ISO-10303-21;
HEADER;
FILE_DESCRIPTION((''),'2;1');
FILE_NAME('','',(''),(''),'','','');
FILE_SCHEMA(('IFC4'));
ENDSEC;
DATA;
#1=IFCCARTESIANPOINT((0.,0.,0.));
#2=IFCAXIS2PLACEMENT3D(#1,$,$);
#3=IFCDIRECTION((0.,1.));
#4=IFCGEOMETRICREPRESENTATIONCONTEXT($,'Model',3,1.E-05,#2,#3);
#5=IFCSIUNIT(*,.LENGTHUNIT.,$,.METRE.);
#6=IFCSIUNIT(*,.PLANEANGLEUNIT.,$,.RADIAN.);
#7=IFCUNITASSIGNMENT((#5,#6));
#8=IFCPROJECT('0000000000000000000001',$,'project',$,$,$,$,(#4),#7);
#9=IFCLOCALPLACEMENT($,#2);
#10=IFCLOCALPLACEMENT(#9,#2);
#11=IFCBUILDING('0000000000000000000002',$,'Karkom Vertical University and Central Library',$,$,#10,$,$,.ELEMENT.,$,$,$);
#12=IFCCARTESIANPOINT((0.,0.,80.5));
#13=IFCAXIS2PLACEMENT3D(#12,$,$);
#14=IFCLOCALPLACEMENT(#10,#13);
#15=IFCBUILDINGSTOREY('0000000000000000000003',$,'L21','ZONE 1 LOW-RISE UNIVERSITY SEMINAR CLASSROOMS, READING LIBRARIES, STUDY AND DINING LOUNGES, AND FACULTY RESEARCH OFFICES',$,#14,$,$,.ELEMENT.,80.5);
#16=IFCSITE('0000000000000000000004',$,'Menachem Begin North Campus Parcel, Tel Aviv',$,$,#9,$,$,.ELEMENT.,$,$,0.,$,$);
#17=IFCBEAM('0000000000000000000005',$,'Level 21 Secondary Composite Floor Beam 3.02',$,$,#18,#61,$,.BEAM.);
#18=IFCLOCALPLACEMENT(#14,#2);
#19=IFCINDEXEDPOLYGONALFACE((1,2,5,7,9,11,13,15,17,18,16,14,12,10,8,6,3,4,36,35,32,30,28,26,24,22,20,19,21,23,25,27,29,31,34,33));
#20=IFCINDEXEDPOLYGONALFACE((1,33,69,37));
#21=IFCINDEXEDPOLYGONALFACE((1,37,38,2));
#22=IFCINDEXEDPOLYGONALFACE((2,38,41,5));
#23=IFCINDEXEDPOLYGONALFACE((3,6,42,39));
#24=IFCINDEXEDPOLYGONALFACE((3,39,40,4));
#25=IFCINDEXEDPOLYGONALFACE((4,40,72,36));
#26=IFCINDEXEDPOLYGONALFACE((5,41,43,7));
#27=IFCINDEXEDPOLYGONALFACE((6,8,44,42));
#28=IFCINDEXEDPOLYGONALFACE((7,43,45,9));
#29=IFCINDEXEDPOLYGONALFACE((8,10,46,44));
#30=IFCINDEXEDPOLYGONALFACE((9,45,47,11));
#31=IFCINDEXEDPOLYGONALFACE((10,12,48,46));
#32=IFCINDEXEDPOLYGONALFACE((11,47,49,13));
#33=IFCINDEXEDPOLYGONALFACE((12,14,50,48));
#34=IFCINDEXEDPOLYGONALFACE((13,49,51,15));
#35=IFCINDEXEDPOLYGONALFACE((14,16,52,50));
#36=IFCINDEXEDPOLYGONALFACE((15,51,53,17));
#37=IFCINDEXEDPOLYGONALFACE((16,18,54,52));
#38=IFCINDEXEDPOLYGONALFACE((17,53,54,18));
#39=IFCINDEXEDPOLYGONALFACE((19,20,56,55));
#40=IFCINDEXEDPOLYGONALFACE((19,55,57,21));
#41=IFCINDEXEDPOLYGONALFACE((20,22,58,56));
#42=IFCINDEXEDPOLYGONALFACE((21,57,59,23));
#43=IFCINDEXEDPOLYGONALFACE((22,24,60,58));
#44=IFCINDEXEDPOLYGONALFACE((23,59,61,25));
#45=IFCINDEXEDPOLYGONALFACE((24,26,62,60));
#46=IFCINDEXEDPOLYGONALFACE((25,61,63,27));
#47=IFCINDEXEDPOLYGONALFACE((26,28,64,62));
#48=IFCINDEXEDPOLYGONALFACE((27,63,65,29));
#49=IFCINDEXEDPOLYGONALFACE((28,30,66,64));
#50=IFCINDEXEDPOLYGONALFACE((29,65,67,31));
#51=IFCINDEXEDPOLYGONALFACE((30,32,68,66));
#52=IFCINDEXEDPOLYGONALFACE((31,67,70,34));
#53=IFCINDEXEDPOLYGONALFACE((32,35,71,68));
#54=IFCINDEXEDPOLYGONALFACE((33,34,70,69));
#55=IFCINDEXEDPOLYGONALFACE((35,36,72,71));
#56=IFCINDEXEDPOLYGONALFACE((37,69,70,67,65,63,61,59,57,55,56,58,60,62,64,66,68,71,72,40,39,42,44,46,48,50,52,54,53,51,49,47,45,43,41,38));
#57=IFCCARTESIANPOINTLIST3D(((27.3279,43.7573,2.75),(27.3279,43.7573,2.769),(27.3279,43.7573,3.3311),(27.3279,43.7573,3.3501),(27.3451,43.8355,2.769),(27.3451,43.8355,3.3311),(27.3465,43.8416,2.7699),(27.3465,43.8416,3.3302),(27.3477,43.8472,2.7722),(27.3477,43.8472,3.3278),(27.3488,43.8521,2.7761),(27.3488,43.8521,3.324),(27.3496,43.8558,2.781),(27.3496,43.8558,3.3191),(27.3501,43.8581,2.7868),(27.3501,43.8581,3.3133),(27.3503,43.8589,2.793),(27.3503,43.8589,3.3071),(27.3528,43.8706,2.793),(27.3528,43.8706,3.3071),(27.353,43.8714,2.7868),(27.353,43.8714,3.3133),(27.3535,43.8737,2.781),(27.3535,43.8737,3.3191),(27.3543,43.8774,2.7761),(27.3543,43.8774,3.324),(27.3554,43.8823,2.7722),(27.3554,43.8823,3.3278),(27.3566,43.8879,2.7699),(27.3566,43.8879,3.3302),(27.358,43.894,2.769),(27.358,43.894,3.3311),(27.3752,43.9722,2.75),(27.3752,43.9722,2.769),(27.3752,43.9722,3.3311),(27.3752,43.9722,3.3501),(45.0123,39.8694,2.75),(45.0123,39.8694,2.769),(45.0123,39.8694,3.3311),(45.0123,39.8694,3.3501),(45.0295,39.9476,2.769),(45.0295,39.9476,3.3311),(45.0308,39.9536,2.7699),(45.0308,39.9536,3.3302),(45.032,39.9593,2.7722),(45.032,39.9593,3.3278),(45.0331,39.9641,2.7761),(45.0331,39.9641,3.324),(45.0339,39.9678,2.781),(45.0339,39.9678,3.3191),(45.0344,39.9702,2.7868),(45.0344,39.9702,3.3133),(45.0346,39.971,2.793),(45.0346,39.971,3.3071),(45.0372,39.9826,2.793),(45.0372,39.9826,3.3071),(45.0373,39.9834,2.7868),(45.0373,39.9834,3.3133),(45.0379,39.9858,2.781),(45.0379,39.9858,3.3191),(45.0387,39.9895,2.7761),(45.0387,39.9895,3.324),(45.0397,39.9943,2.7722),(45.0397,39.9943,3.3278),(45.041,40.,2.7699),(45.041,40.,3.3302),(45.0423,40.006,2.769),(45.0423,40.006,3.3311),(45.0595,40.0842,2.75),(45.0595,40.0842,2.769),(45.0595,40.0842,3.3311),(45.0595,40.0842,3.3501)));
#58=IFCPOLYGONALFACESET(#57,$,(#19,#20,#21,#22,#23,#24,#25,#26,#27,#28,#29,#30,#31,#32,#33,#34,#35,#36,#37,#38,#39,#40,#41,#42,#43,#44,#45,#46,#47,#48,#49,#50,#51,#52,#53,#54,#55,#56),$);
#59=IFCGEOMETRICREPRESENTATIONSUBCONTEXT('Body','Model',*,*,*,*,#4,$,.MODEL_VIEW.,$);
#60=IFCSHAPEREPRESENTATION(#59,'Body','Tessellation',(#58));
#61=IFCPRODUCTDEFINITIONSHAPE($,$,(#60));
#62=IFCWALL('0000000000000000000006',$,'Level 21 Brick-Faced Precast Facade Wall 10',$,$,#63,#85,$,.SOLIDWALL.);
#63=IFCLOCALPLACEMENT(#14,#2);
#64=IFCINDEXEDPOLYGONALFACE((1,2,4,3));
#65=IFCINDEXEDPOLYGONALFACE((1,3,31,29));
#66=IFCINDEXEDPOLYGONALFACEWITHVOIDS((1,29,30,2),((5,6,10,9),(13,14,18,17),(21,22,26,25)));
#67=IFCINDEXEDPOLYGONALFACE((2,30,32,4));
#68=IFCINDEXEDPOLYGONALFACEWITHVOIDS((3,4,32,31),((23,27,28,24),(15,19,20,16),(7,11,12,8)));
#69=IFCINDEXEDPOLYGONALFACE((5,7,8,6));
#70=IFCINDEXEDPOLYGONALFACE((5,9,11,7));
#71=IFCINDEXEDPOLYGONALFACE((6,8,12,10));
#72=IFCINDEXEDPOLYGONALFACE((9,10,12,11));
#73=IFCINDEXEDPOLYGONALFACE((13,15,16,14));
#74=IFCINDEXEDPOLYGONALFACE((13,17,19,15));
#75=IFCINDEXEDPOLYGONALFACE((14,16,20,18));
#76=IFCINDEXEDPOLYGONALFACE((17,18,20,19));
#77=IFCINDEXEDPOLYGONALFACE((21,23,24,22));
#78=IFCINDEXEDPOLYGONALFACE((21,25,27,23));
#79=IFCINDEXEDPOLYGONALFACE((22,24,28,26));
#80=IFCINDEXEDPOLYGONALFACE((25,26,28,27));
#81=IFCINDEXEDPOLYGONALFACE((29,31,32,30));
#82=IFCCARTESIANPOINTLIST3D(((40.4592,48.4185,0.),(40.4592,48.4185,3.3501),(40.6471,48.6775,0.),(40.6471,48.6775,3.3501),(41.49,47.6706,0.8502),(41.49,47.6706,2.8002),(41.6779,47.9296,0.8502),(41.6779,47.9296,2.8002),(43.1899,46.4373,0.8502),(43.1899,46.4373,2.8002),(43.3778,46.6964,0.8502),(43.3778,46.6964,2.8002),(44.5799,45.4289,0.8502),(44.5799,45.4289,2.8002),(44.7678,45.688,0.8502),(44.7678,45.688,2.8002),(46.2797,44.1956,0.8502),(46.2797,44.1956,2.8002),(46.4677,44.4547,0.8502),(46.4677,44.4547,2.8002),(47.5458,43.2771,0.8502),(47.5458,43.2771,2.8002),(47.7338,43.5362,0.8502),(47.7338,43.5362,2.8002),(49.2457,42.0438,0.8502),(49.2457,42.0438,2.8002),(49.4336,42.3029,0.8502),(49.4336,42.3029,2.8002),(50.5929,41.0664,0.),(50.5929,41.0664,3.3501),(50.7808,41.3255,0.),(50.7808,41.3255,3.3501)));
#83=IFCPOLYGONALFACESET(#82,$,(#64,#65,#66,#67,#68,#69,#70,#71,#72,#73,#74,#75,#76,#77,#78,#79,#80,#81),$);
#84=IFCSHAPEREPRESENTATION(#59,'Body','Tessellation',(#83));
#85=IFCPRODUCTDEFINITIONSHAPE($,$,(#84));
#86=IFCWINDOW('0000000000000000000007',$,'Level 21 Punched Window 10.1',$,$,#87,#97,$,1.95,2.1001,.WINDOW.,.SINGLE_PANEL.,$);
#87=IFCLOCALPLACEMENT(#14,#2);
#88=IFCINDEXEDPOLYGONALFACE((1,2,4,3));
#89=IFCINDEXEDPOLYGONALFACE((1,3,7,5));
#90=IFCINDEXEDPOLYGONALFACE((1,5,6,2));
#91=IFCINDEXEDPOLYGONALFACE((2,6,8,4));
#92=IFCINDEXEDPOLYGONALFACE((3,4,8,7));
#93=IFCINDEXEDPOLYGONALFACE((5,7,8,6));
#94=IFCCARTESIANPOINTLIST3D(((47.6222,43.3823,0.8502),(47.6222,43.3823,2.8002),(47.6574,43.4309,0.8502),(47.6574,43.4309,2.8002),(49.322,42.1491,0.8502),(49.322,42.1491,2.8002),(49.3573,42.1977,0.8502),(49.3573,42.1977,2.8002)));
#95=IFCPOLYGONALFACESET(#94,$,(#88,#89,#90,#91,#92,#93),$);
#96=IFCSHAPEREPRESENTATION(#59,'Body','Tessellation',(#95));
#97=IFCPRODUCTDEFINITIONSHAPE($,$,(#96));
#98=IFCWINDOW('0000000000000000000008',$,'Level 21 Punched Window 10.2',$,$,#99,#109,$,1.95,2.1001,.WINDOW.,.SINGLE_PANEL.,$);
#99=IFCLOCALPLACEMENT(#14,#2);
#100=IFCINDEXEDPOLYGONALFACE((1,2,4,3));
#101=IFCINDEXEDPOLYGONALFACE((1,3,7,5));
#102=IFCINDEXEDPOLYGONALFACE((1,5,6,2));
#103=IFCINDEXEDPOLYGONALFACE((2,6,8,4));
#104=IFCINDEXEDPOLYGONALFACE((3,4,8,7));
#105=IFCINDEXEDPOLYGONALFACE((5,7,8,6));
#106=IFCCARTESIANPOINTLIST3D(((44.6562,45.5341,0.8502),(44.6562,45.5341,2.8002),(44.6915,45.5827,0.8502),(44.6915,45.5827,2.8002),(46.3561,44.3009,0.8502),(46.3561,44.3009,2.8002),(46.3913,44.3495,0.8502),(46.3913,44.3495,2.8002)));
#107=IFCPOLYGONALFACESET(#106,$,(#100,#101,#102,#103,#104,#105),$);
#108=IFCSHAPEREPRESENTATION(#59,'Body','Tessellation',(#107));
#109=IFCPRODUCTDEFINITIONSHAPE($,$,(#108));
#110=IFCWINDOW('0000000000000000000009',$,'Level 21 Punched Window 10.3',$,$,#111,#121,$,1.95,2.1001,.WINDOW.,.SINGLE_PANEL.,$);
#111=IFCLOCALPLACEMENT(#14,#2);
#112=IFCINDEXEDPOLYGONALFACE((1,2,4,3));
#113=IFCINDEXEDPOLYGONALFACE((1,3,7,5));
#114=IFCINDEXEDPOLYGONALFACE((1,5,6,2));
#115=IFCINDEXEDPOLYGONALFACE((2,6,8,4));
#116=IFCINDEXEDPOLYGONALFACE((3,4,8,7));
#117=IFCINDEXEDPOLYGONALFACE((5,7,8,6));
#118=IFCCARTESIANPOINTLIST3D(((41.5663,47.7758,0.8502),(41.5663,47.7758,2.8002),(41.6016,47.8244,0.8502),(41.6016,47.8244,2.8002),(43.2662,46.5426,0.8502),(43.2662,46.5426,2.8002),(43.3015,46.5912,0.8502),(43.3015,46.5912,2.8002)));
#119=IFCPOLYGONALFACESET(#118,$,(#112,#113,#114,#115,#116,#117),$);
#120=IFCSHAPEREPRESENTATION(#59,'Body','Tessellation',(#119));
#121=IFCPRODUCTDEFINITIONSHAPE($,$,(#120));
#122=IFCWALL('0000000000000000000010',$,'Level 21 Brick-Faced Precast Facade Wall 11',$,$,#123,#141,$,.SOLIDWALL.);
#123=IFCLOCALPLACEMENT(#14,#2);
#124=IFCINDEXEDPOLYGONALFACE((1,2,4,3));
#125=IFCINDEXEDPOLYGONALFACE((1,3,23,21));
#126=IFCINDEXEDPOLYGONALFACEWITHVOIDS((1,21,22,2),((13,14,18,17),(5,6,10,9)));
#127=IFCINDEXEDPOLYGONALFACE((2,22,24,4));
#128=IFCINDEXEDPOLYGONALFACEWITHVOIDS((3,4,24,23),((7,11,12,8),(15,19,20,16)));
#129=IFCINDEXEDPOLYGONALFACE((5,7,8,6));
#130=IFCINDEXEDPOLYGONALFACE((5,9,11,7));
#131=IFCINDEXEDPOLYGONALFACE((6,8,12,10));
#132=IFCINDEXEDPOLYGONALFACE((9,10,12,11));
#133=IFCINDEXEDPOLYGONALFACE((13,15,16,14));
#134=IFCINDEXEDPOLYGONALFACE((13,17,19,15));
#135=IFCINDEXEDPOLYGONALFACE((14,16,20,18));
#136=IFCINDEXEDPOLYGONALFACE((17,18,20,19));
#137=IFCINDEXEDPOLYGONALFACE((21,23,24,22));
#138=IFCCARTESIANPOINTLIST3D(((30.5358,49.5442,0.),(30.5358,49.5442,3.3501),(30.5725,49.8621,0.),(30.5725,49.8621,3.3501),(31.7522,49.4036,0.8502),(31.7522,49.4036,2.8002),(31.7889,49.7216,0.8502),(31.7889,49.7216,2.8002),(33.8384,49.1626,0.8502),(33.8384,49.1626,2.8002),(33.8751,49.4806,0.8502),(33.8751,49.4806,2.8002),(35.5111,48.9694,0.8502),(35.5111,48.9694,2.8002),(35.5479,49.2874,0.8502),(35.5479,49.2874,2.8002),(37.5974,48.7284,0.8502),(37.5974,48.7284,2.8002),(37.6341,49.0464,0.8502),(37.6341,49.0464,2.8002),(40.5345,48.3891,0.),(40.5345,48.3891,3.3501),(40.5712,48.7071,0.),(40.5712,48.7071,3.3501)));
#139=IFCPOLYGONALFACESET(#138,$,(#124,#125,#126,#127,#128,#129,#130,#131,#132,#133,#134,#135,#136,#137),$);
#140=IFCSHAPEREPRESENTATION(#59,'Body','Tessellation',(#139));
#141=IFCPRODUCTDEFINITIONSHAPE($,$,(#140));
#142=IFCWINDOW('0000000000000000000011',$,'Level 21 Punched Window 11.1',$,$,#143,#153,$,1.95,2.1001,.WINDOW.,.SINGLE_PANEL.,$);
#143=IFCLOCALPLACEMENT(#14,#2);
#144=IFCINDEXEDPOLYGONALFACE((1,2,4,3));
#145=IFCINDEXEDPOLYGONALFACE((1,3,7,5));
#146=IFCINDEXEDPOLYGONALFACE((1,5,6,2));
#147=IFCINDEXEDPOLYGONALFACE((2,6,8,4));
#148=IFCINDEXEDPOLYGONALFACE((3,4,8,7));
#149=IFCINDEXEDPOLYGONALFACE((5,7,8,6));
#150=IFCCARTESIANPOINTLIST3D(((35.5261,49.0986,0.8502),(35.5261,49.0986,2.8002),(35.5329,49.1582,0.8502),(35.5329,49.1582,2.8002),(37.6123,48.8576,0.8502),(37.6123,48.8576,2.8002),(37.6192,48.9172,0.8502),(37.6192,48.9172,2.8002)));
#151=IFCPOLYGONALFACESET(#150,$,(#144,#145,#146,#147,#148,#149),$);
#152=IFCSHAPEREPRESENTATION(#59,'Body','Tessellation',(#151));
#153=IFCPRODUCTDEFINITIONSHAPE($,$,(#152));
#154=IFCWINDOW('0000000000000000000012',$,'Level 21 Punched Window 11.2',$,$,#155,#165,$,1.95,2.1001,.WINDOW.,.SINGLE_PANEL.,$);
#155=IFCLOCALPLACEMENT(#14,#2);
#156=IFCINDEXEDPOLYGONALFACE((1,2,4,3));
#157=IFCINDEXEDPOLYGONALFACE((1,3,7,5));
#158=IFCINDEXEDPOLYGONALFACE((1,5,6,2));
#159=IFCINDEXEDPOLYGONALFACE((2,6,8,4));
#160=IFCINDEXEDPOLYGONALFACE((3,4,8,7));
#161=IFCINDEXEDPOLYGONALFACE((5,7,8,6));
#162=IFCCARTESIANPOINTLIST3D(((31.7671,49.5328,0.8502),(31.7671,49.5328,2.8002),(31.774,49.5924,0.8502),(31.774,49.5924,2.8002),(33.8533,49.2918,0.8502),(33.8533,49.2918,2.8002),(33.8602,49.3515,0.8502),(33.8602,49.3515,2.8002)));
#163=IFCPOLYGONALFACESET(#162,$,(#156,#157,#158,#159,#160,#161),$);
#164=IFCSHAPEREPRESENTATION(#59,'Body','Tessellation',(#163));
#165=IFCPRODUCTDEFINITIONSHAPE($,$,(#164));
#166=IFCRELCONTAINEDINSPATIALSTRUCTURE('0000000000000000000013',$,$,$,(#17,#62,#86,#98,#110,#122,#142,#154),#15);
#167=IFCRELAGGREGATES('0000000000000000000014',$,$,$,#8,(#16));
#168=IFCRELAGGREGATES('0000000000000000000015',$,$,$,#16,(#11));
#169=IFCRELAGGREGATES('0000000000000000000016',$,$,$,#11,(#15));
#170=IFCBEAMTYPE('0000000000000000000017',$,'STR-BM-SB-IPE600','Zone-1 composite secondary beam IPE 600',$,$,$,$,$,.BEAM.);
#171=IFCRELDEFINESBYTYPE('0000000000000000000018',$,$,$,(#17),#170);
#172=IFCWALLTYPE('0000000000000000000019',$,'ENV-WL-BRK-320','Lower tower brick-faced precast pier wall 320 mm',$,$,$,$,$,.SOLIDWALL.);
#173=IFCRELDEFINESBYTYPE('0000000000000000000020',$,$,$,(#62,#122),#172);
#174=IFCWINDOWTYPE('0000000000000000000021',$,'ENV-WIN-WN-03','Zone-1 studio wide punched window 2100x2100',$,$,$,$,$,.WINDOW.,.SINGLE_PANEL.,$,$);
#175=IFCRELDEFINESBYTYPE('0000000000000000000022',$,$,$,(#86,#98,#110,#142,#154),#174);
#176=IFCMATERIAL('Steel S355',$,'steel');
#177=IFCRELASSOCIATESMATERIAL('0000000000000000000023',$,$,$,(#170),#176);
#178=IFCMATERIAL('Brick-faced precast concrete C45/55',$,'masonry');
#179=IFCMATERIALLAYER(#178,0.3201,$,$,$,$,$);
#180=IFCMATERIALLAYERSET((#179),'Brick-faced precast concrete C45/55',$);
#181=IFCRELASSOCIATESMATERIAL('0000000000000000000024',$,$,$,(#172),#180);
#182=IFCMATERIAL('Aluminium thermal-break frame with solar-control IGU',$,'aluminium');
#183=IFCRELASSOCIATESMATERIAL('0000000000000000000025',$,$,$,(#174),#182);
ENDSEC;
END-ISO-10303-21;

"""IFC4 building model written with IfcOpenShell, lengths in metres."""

from ifc_helpers import new_model, si_unit, direction, frame, frame_2d, origin, origin_with_axes, origin_2d, place, context, subcontext, project, spatial, rectangle, i_section, extrude, source, transform, mapped, material, layer, layer_set, material_profile, profile_set, type_object, element, fill, save


model = new_model("IFC4")

# Units and contexts
model_context = context("Model", 3, precision=1e-05, world=origin(), true_north=direction((0.0, 1.0)))
body_context = subcontext(model_context, "Body", "Model", "MODEL_VIEW")
ifc_project = project(units=[si_unit("LENGTHUNIT", "METRE"), si_unit("PLANEANGLEUNIT", "RADIAN")], contexts=[model_context])

# Site, building, storey
site_placement = place(None, origin())
site = spatial("IfcSite", under=ifc_project, at=site_placement, Name="Menachem Begin North Campus Parcel, Tel Aviv", CompositionType="ELEMENT", RefElevation=0.0)
building_placement = place(site_placement, origin())
building = spatial("IfcBuilding", under=site, at=building_placement, Name="Karkom Vertical University and Central Library", CompositionType="ELEMENT")
storey_placement = place(building_placement, frame((0.0, 0.0, 80.5)))
storey = spatial("IfcBuildingStorey", under=building, at=storey_placement, Name="L21", Description="ZONE 1 LOW-RISE UNIVERSITY SEMINAR CLASSROOMS, READING LIBRARIES, STUDY AND DINING LOUNGES, AND FACULTY RESEARCH OFFICES", CompositionType="ELEMENT", Elevation=80.5)

# Beam
ifc_material_1 = material(Name="Steel S355", Category="steel")
ifc_material_profile_1 = material_profile(ifc_material_1, i_section(OverallWidth=0.22, OverallDepth=0.6001, WebThickness=0.012, FlangeThickness=0.019, FilletRadius=0.0239, at=origin_2d()), Name="IPE 600")
ifc_profile_set_1 = profile_set([ifc_material_profile_1], Name="Steel S355")
beam_type_1 = type_object("IfcBeamType", Name="STR-BM-SB-IPE600", Description="Zone-1 composite secondary beam IPE 600", PredefinedType="BEAM", material=ifc_profile_set_1)
shared_shape_1 = source(origin_with_axes(), body_context, "Body", "SweptSolid", [
    extrude(i_section(OverallWidth=0.22, OverallDepth=0.6001, WebThickness=0.012, FlangeThickness=0.019, FilletRadius=0.0239, at=origin_2d()), origin(), (0.0, 0.0, 1.0), 18.1067),
])
beam_1_placement = place(storey_placement, frame((45.0359, 39.9768, 3.05), z_axis=(-0.976675, 0.214724, 0.0), x_axis=(-0.214724, -0.976675, 0.0)))
element("IfcBeam", 1, at=beam_1_placement, inside=storey, type_object=beam_type_1, Name="Level 21 Secondary Composite Floor Beam 3.02", PredefinedType="BEAM", context=body_context, shape_type="MappedRepresentation", body=[
    mapped(shared_shape_1, transform((0.0, 0.0, 0.0), scale=1.0)),
])

# Walls, openings, windows
ifc_material_2 = material(Name="Brick-faced precast concrete C45/55", Category="masonry")
ifc_layer_1 = layer(ifc_material_2, 0.3201)
ifc_layer_set_1 = layer_set([ifc_layer_1], Name="Brick-faced precast concrete C45/55")
wall_type_1 = type_object("IfcWallType", Name="ENV-WL-BRK-320", Description="Lower tower brick-faced precast pier wall 320 mm", PredefinedType="SOLIDWALL", material=ifc_layer_set_1)
wall_1_placement = place(storey_placement, frame((50.6868, 41.196, 0.0), z_axis=(0.0, 0.0, 1.0), x_axis=(-0.809419, 0.587232, 0.0)))
wall_1 = element("IfcWall", 2, at=wall_1_placement, inside=storey, type_object=wall_type_1, Name="Level 21 Brick-Faced Precast Facade Wall 10", PredefinedType="SOLIDWALL", context=body_context, shape_type="SweptSolid", body=[
    extrude(rectangle(XDim=12.5198, YDim=0.3201, at=frame_2d((6.2598, 0.0))), origin(), (0.0, 0.0, 1.0), 3.3501),
])
opening_1_placement = place(wall_1_placement, frame((1.6643, 0.0, 0.8501)))
opening_1 = element("IfcOpeningElement", 3, at=opening_1_placement, cuts=wall_1, PredefinedType="OPENING", context=body_context, shape_type="SweptSolid", body=[
    extrude(rectangle(XDim=2.1001, YDim=1.95, at=frame_2d((1.05, 0.9751))), frame((0.0, 0.1699, 0.0), z_axis=(0.0, -1.0, 0.0), x_axis=(1.0, 0.0, 0.0)), (0.0, 0.0, 1.0), 0.3401),
])
opening_2_placement = place(wall_1_placement, frame((5.3286, 0.0, 0.8501)))
opening_2 = element("IfcOpeningElement", 4, at=opening_2_placement, cuts=wall_1, PredefinedType="OPENING", context=body_context, shape_type="SweptSolid", body=[
    extrude(rectangle(XDim=2.1001, YDim=1.95, at=frame_2d((1.05, 0.9751))), frame((0.0, 0.1699, 0.0), z_axis=(0.0, -1.0, 0.0), x_axis=(1.0, 0.0, 0.0)), (0.0, 0.0, 1.0), 0.3401),
])
opening_3_placement = place(wall_1_placement, frame((9.146, 0.0, 0.8501)))
opening_3 = element("IfcOpeningElement", 5, at=opening_3_placement, cuts=wall_1, PredefinedType="OPENING", context=body_context, shape_type="SweptSolid", body=[
    extrude(rectangle(XDim=2.1001, YDim=1.95, at=frame_2d((1.05, 0.9751))), frame((0.0, 0.1699, 0.0), z_axis=(0.0, -1.0, 0.0), x_axis=(1.0, 0.0, 0.0)), (0.0, 0.0, 1.0), 0.3401),
])
ifc_material_3 = material(Name="Aluminium thermal-break frame with solar-control IGU", Category="aluminium")
window_type = type_object("IfcWindowType", Name="ENV-WIN-WN-03", Description="Zone-1 studio wide punched window 2100x2100", PartitioningType="SINGLE_PANEL", PredefinedType="WINDOW", material=ifc_material_3)
shared_shape_2 = source(origin_with_axes(), body_context, "Body", "SweptSolid", [
    extrude(rectangle(XDim=2.1001, YDim=1.95, at=frame_2d((1.05, 0.9751))), frame((0.0, 0.03, 0.0), z_axis=(0.0, -1.0, 0.0), x_axis=(1.0, 0.0, 0.0)), (0.0, 0.0, 1.0), 0.0601),
])
window_1_placement = place(opening_1_placement, origin())
window_1 = element("IfcWindow", 6, at=window_1_placement, inside=storey, type_object=window_type, Name="Level 21 Punched Window 10.1", OverallHeight=1.95, OverallWidth=2.1001, PartitioningType="SINGLE_PANEL", PredefinedType="WINDOW", context=body_context, shape_type="MappedRepresentation", body=[
    mapped(shared_shape_2, transform((0.0, 0.0, 0.0), scale=1.0)),
])
fill(opening_1, window_1)
window_2_placement = place(opening_2_placement, origin())
window_2 = element("IfcWindow", 7, at=window_2_placement, inside=storey, type_object=window_type, Name="Level 21 Punched Window 10.2", OverallHeight=1.95, OverallWidth=2.1001, PartitioningType="SINGLE_PANEL", PredefinedType="WINDOW", context=body_context, shape_type="MappedRepresentation", body=[
    mapped(shared_shape_2, transform((0.0, 0.0, 0.0), scale=1.0)),
])
fill(opening_2, window_2)
window_3_placement = place(opening_3_placement, origin())
window_3 = element("IfcWindow", 8, at=window_3_placement, inside=storey, type_object=window_type, Name="Level 21 Punched Window 10.3", OverallHeight=1.95, OverallWidth=2.1001, PartitioningType="SINGLE_PANEL", PredefinedType="WINDOW", context=body_context, shape_type="MappedRepresentation", body=[
    mapped(shared_shape_2, transform((0.0, 0.0, 0.0), scale=1.0)),
])
fill(opening_3, window_3)
wall_2_placement = place(storey_placement, frame((40.553, 48.5481, 0.0), z_axis=(0.0, 0.0, 1.0), x_axis=(-0.993394, 0.114754, 0.0)))
wall_2 = element("IfcWall", 9, at=wall_2_placement, inside=storey, type_object=wall_type_1, Name="Level 21 Brick-Faced Precast Facade Wall 11", PredefinedType="SOLIDWALL", context=body_context, shape_type="SweptSolid", body=[
    extrude(rectangle(XDim=10.0652, YDim=0.3201, at=frame_2d((5.0327, 0.0))), origin(), (0.0, 0.0, 1.0), 3.3501),
])
opening_4_placement = place(wall_2_placement, frame((2.9568, 0.0, 0.8501)))
opening_4 = element("IfcOpeningElement", 10, at=opening_4_placement, cuts=wall_2, PredefinedType="OPENING", context=body_context, shape_type="SweptSolid", body=[
    extrude(rectangle(XDim=2.1001, YDim=1.95, at=frame_2d((1.05, 0.9751))), frame((0.0, 0.1699, 0.0), z_axis=(0.0, -1.0, 0.0), x_axis=(1.0, 0.0, 0.0)), (0.0, 0.0, 1.0), 0.3401),
])
opening_5_placement = place(wall_2_placement, frame((6.7407, 0.0, 0.8501)))
opening_5 = element("IfcOpeningElement", 11, at=opening_5_placement, cuts=wall_2, PredefinedType="OPENING", context=body_context, shape_type="SweptSolid", body=[
    extrude(rectangle(XDim=2.1001, YDim=1.95, at=frame_2d((1.05, 0.9751))), frame((0.0, 0.1699, 0.0), z_axis=(0.0, -1.0, 0.0), x_axis=(1.0, 0.0, 0.0)), (0.0, 0.0, 1.0), 0.3401),
])
window_4_placement = place(opening_4_placement, origin())
window_4 = element("IfcWindow", 12, at=window_4_placement, inside=storey, type_object=window_type, Name="Level 21 Punched Window 11.1", OverallHeight=1.95, OverallWidth=2.1001, PartitioningType="SINGLE_PANEL", PredefinedType="WINDOW", context=body_context, shape_type="MappedRepresentation", body=[
    mapped(shared_shape_2, transform((0.0, 0.0, 0.0), scale=1.0)),
])
fill(opening_4, window_4)
window_5_placement = place(opening_5_placement, origin())
window_5 = element("IfcWindow", 13, at=window_5_placement, inside=storey, type_object=window_type, Name="Level 21 Punched Window 11.2", OverallHeight=1.95, OverallWidth=2.1001, PartitioningType="SINGLE_PANEL", PredefinedType="WINDOW", context=body_context, shape_type="MappedRepresentation", body=[
    mapped(shared_shape_2, transform((0.0, 0.0, 0.0), scale=1.0)),
])
fill(opening_5, window_5)

save(model, "model.ifc")
